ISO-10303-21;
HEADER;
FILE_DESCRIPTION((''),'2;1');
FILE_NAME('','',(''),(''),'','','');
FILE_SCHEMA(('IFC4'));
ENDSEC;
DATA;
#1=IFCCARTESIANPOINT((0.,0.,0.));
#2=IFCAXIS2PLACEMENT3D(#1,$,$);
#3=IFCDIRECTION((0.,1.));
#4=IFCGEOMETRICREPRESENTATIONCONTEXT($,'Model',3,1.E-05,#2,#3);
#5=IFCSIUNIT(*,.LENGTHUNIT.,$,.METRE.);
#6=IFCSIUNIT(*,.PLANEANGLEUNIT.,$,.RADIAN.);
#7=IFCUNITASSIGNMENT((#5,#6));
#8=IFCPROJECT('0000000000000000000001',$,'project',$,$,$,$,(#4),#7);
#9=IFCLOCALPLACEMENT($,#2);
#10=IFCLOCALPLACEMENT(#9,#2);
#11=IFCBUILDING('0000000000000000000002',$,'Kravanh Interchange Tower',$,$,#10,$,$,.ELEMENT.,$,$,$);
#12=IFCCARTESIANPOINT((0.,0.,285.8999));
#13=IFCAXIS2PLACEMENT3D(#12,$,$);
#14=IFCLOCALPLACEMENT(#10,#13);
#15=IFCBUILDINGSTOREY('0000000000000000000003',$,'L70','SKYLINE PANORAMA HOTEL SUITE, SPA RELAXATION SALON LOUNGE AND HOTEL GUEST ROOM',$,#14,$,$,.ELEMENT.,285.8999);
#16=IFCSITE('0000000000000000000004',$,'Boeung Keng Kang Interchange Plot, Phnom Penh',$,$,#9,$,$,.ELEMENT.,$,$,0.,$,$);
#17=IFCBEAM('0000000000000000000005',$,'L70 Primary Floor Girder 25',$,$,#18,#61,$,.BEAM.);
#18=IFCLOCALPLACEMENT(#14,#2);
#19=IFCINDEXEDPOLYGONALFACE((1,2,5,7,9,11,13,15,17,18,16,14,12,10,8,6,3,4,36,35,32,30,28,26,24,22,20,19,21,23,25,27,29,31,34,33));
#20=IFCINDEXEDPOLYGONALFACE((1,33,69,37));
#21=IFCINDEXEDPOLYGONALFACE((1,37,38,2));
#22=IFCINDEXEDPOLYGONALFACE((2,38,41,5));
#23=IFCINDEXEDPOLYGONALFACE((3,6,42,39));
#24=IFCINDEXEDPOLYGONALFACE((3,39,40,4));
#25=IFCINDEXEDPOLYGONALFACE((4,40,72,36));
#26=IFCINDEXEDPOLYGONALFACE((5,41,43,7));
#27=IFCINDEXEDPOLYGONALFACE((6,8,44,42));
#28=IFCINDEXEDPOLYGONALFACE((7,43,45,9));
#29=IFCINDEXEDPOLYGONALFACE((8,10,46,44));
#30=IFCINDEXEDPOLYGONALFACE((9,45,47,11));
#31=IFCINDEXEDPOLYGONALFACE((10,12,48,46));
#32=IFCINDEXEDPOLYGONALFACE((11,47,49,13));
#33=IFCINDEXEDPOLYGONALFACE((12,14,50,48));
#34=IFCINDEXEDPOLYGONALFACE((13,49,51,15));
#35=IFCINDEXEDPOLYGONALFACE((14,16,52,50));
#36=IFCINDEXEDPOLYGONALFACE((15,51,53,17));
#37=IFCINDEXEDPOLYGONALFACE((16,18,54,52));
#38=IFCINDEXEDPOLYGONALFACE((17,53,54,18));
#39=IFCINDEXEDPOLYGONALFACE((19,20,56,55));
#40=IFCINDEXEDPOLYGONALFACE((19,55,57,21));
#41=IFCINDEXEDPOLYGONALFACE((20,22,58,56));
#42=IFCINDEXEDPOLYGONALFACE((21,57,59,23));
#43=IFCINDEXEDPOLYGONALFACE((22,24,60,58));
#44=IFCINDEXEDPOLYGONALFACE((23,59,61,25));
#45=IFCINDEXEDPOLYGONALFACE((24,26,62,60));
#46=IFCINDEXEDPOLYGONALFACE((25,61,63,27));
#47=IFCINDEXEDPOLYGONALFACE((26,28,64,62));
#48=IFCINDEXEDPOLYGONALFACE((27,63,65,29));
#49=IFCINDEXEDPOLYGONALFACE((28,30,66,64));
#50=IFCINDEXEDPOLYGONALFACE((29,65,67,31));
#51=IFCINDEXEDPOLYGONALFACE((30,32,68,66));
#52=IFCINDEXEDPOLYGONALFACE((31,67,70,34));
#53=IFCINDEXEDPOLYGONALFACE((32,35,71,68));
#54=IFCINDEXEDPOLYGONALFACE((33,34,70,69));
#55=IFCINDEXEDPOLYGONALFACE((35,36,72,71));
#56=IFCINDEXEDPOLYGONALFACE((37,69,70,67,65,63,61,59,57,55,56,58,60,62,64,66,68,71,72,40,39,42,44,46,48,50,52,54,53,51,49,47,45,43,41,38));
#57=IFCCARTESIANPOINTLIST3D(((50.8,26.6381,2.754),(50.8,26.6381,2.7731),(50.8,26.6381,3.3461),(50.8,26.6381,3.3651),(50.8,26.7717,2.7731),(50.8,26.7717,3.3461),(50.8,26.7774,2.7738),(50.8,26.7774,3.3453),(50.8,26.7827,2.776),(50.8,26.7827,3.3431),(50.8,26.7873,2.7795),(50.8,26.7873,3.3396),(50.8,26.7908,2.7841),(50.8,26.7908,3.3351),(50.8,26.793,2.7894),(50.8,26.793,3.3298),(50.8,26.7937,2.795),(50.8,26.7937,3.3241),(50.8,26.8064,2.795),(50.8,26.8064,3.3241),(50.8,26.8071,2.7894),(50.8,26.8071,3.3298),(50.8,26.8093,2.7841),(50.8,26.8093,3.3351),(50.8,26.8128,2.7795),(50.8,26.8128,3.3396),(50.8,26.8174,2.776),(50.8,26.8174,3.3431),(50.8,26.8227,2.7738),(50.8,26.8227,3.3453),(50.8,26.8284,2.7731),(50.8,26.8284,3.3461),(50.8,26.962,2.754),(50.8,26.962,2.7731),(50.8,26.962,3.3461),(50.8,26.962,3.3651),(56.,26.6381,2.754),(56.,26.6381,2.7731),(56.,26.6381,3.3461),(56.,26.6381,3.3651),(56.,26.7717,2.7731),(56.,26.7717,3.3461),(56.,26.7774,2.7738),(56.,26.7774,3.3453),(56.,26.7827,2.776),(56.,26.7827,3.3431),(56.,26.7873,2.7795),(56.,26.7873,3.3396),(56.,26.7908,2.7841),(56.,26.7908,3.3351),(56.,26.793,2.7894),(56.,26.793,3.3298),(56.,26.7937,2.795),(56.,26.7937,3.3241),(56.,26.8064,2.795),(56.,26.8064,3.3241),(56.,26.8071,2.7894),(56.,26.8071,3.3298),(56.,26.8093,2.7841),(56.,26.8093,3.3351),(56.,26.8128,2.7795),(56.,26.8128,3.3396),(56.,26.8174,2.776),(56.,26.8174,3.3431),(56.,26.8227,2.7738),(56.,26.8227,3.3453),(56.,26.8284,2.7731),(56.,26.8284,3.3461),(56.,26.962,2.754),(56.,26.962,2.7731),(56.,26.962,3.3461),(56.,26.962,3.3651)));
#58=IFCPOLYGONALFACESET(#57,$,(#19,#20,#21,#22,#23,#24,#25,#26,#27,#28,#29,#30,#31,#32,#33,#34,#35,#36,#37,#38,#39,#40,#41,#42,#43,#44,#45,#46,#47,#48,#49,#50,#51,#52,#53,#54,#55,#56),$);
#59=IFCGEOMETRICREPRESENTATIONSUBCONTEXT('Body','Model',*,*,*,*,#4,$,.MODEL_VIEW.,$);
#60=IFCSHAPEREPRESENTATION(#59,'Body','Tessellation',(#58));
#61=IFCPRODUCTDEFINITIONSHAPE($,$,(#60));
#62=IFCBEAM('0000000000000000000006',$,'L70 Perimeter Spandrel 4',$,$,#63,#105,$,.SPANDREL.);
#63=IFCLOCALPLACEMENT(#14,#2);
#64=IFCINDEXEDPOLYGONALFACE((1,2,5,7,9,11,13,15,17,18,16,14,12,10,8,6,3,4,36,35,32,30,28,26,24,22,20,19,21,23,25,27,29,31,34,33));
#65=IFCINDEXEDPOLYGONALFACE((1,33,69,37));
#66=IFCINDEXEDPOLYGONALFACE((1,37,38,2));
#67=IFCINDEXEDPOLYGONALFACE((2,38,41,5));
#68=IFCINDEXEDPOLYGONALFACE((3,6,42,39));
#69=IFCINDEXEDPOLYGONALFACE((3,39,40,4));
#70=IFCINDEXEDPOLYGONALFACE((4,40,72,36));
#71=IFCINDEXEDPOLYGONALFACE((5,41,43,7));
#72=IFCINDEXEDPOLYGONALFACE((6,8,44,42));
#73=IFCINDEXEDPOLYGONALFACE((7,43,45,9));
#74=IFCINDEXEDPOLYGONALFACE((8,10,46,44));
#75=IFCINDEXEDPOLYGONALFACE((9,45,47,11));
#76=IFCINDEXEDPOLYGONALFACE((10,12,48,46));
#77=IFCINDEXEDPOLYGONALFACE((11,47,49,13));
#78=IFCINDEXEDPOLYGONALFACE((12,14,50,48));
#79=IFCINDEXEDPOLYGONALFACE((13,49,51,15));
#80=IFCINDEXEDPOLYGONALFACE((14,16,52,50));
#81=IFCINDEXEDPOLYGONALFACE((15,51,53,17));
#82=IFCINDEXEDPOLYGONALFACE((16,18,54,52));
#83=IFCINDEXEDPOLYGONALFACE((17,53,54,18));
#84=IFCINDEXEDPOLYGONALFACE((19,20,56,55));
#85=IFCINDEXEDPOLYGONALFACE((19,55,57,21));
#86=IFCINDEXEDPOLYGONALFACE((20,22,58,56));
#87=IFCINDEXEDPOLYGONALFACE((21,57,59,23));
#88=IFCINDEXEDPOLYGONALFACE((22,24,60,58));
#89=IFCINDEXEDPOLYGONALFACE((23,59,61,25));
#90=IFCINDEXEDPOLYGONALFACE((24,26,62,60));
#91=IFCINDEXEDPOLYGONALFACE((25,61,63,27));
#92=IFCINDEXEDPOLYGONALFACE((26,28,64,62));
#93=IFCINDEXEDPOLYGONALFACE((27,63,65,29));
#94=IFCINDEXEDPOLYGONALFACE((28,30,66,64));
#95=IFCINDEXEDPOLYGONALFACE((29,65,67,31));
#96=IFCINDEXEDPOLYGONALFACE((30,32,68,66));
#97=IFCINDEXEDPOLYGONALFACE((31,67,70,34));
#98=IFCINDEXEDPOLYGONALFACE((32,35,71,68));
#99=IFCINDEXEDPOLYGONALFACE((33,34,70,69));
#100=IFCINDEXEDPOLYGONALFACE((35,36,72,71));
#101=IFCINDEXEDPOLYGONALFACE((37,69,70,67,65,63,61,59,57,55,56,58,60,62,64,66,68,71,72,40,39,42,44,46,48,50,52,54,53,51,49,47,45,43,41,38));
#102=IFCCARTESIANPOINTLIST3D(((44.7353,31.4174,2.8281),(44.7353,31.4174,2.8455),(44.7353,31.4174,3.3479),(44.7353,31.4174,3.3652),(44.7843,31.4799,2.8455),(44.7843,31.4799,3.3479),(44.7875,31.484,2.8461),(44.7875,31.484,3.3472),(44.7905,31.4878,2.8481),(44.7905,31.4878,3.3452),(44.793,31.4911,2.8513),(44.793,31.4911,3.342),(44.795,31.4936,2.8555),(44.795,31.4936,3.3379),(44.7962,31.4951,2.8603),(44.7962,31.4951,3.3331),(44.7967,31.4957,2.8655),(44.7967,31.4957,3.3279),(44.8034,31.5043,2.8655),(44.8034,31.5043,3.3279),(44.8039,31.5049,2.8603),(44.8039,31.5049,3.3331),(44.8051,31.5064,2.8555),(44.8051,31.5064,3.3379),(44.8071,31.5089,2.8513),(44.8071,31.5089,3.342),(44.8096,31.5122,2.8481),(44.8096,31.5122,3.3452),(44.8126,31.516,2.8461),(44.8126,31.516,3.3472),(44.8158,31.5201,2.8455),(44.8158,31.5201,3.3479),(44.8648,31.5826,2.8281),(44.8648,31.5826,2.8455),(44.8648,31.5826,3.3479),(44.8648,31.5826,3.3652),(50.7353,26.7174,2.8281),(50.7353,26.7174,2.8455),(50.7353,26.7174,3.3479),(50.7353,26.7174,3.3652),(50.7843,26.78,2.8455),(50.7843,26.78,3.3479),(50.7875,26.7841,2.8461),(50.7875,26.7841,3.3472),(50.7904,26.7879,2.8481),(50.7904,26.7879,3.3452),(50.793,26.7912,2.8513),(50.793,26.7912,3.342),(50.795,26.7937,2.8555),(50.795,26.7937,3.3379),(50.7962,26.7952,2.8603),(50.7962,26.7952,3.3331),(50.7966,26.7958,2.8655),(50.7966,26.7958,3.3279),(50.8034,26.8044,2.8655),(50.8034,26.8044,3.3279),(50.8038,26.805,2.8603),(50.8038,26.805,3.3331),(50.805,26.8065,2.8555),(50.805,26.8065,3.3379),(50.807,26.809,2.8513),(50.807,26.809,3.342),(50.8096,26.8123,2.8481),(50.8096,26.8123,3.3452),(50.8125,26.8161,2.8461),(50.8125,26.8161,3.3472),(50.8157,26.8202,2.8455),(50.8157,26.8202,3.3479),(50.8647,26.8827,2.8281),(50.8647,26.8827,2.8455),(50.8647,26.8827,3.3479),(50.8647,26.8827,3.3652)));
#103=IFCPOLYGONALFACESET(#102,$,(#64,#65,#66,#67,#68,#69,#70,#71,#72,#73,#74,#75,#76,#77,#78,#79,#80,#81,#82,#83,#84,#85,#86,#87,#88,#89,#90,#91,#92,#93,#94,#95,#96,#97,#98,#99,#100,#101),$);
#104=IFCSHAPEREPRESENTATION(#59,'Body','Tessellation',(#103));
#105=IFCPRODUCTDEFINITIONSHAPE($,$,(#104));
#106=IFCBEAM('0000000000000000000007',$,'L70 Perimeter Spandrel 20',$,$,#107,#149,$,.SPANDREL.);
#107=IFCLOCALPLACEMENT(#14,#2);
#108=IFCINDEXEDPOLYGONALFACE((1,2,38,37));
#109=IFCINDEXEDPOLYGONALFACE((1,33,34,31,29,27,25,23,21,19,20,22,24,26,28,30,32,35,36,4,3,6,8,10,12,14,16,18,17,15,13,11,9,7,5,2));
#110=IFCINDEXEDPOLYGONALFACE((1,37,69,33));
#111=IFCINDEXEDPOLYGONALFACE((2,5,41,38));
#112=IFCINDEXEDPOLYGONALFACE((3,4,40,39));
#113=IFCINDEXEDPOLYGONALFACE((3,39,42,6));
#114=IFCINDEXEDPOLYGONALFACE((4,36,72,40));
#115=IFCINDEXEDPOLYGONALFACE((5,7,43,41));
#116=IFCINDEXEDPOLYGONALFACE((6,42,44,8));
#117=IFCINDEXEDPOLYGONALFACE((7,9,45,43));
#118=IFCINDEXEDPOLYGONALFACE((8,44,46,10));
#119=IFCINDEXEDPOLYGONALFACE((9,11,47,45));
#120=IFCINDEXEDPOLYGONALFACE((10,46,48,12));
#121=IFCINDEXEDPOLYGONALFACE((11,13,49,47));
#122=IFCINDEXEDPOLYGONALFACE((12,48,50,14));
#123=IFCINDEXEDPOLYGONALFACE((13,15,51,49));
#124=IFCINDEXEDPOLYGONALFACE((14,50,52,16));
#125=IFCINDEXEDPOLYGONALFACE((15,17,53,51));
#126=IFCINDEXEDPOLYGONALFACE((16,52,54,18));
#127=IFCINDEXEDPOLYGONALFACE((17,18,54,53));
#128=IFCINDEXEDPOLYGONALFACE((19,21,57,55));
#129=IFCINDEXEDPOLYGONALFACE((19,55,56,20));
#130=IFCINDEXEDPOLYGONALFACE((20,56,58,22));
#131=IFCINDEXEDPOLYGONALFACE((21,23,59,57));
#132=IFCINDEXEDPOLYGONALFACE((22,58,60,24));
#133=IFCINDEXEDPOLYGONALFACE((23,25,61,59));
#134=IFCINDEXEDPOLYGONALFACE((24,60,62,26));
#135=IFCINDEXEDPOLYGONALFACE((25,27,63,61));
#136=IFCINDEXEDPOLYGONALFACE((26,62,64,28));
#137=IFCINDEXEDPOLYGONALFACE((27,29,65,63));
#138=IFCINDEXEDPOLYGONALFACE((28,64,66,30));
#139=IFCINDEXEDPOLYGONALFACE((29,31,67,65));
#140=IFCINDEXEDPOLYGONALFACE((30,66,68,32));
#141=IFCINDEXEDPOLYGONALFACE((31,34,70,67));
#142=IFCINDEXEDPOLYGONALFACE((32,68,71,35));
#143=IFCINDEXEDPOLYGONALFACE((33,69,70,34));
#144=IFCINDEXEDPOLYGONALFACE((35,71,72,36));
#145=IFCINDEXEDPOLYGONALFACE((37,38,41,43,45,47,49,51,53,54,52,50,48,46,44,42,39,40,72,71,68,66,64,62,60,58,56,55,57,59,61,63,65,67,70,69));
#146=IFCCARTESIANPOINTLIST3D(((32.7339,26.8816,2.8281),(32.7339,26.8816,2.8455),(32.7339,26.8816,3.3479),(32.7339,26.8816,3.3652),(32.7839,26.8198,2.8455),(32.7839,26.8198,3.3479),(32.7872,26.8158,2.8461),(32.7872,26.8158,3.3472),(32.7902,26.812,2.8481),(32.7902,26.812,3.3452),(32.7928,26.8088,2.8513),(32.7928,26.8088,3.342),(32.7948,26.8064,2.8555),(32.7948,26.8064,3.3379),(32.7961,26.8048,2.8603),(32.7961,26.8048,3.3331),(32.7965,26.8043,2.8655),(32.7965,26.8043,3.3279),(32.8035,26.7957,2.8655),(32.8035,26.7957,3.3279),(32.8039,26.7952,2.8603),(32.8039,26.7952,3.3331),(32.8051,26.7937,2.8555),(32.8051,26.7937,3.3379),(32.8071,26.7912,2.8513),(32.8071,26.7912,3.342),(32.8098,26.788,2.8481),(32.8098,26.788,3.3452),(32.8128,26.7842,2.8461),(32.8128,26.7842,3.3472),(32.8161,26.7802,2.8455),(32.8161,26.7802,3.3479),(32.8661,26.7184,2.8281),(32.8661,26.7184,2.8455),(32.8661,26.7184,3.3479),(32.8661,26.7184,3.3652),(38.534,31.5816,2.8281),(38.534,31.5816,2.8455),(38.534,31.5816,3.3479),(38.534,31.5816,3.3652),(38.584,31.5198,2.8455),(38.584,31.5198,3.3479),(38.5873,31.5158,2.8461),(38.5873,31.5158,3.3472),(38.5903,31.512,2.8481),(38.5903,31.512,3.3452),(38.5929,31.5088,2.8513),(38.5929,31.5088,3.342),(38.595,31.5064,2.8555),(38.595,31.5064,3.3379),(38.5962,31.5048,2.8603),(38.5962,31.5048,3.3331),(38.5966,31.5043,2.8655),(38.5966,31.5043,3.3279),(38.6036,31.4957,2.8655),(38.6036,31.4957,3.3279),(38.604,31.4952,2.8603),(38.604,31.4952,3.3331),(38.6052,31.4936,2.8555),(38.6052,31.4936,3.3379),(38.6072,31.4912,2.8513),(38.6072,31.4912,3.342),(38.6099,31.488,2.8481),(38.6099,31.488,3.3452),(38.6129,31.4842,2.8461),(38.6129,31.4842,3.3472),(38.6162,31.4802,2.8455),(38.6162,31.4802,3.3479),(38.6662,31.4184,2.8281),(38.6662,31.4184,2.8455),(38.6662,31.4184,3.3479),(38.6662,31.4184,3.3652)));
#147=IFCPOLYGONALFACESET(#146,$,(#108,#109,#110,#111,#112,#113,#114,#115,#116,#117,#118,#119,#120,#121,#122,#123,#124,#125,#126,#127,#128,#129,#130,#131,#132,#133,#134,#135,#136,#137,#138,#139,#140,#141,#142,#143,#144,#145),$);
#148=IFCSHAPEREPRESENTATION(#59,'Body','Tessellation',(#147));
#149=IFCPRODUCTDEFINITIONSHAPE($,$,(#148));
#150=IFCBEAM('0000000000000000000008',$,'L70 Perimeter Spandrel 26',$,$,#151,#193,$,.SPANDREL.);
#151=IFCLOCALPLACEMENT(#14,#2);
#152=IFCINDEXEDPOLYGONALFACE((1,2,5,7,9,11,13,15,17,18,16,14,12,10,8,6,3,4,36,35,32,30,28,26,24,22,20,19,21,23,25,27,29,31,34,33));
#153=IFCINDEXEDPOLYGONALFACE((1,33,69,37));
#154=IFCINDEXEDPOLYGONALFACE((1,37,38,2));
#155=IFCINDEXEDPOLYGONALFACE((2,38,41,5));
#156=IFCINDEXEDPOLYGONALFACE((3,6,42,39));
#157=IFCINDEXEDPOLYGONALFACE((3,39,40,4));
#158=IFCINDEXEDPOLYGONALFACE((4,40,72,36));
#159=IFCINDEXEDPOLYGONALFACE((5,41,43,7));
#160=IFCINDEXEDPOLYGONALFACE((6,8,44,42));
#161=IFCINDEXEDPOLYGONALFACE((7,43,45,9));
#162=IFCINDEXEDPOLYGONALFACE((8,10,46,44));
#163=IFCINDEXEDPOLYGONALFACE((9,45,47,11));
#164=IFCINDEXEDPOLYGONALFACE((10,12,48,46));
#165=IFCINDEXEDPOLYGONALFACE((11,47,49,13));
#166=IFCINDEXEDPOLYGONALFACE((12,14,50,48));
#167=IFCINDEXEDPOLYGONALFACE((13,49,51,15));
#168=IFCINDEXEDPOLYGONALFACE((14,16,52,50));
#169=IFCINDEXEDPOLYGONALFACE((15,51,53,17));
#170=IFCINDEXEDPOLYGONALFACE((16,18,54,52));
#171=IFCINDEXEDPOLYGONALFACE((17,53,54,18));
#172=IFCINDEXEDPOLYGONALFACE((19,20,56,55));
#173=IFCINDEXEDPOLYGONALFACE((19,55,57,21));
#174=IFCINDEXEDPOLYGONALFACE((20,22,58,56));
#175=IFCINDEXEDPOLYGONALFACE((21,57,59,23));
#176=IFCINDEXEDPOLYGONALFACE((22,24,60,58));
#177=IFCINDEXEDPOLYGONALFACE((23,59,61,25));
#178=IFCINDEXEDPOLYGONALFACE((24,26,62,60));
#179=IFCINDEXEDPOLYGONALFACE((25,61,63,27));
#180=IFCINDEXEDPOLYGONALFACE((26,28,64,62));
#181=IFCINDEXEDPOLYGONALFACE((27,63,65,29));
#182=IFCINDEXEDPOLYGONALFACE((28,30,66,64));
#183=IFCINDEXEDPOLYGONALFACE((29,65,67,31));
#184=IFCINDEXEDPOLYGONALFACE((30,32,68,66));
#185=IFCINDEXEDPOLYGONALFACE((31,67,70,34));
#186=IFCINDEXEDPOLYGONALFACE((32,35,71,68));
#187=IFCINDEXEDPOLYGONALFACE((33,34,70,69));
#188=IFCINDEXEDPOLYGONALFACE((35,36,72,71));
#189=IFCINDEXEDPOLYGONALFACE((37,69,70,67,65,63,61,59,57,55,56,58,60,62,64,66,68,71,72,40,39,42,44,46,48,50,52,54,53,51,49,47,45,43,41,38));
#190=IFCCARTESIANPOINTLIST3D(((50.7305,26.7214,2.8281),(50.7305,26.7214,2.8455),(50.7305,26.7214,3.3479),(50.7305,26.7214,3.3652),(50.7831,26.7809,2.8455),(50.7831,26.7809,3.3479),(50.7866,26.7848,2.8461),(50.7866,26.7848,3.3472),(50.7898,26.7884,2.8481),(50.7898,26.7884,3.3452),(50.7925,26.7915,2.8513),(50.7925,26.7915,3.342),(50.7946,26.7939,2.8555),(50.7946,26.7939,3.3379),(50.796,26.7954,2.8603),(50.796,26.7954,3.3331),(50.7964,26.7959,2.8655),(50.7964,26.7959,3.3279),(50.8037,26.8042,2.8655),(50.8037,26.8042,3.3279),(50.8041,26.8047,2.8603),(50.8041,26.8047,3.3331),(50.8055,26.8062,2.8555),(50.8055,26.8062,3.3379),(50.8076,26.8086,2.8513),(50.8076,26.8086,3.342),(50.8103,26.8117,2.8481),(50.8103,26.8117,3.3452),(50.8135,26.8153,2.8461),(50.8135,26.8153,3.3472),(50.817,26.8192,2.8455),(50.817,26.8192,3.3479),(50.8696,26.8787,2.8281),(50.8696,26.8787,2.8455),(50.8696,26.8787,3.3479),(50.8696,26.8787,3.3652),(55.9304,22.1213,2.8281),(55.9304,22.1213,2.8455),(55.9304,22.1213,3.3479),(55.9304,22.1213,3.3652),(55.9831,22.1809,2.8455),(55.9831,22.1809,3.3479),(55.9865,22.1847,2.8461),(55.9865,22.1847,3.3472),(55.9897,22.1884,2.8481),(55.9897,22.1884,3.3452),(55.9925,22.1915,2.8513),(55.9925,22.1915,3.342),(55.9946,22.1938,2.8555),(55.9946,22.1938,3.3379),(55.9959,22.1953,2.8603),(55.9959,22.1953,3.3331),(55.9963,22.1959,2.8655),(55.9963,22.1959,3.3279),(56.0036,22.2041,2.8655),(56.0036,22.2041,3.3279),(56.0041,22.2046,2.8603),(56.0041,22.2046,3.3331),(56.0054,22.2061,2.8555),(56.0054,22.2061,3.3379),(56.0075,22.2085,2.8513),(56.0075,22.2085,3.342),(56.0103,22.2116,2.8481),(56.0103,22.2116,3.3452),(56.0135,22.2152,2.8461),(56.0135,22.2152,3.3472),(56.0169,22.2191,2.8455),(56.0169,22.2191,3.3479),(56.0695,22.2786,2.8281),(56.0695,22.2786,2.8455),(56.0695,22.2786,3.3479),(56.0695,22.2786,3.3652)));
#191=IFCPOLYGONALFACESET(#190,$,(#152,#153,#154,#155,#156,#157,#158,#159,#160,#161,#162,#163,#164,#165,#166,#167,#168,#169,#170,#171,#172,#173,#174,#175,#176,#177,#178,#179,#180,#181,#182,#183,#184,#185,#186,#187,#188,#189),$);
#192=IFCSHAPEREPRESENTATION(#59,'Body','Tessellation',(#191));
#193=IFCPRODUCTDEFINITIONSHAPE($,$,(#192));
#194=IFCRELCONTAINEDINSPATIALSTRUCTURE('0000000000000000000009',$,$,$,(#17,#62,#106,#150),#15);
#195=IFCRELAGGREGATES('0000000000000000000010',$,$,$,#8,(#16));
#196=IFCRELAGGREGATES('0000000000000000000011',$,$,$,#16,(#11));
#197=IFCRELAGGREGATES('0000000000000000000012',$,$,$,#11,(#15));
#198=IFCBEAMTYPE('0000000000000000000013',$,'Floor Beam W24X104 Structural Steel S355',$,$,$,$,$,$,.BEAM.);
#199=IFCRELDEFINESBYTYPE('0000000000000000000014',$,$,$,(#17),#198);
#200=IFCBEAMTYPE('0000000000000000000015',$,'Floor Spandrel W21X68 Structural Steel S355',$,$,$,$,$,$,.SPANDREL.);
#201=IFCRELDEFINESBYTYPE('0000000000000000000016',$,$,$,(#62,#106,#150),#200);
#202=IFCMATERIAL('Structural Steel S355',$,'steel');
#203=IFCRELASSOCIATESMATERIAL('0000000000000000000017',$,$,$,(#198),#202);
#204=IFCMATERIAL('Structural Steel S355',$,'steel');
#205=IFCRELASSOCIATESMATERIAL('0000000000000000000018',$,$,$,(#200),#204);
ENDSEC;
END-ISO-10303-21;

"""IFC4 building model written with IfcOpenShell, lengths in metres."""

from ifc_helpers import new_model, si_unit, direction, frame, origin, origin_2d, place, context, subcontext, project, spatial, i_section, extrude, material, material_profile, profile_set, type_object, element, save


model = new_model("IFC4")

# Units and contexts
model_context = context("Model", 3, precision=1e-05, world=origin(), true_north=direction((0.0, 1.0)))
body_context = subcontext(model_context, "Body", "Model", "MODEL_VIEW")
ifc_project = project(units=[si_unit("LENGTHUNIT", "METRE"), si_unit("PLANEANGLEUNIT", "RADIAN")], contexts=[model_context])

# Site, building, storey
site_placement = place(None, origin())
site = spatial("IfcSite", under=ifc_project, at=site_placement, Name="Boeung Keng Kang Interchange Plot, Phnom Penh", CompositionType="ELEMENT", RefElevation=0.0)
building_placement = place(site_placement, origin())
building = spatial("IfcBuilding", under=site, at=building_placement, Name="Kravanh Interchange Tower", CompositionType="ELEMENT")
storey_placement = place(building_placement, frame((0.0, 0.0, 285.8999)))
storey = spatial("IfcBuildingStorey", under=building, at=storey_placement, Name="L70", Description="SKYLINE PANORAMA HOTEL SUITE, SPA RELAXATION SALON LOUNGE AND HOTEL GUEST ROOM", CompositionType="ELEMENT", Elevation=285.8999)

# Beams
ifc_material_1 = material(Name="Structural Steel S355", Category="steel")
ifc_material_profile_1 = material_profile(ifc_material_1, i_section(OverallWidth=0.324, OverallDepth=0.6111, WebThickness=0.0127, FlangeThickness=0.019, FilletRadius=0.022, at=origin_2d()), Name="W24X104")
ifc_profile_set_1 = profile_set([ifc_material_profile_1], Name="Structural Steel S355")
beam_type_1 = type_object("IfcBeamType", Name="Floor Beam W24X104 Structural Steel S355", PredefinedType="BEAM", material=ifc_profile_set_1)
beam_1_placement = place(storey_placement, frame((50.8, 26.8, 3.0596), z_axis=(1.0, 0.0, 0.0), x_axis=(0.0, 1.0, 0.0)))
element("IfcBeam", 1, at=beam_1_placement, inside=storey, type_object=beam_type_1, Name="L70 Primary Floor Girder 25", PredefinedType="BEAM", context=body_context, shape_type="SweptSolid", body=[
    extrude(i_section(OverallWidth=0.324, OverallDepth=0.6111, WebThickness=0.0127, FlangeThickness=0.019, FilletRadius=0.022, at=origin_2d()), origin(), (0.0, 0.0, 1.0), 5.2),
])
ifc_material_2 = material(Name="Structural Steel S355", Category="steel")
ifc_material_profile_2 = material_profile(ifc_material_2, i_section(OverallWidth=0.21, OverallDepth=0.5371, WebThickness=0.011, FlangeThickness=0.0173, FilletRadius=0.02, at=origin_2d()), Name="W21X68")
ifc_profile_set_2 = profile_set([ifc_material_profile_2], Name="Structural Steel S355")
beam_type_2 = type_object("IfcBeamType", Name="Floor Spandrel W21X68 Structural Steel S355", PredefinedType="SPANDREL", material=ifc_profile_set_2)
beam_2_placement = place(storey_placement, frame((44.8, 31.5, 3.0967), z_axis=(0.787231, -0.616658, 0.0), x_axis=(0.616658, 0.787231, 0.0)))
element("IfcBeam", 2, at=beam_2_placement, inside=storey, type_object=beam_type_2, Name="L70 Perimeter Spandrel 4", PredefinedType="SPANDREL", context=body_context, shape_type="SweptSolid", body=[
    extrude(i_section(OverallWidth=0.21, OverallDepth=0.5371, WebThickness=0.011, FlangeThickness=0.0173, FilletRadius=0.02, at=origin_2d()), origin(), (0.0, 0.0, 1.0), 7.6216),
])
beam_3_placement = place(storey_placement, frame((38.6001, 31.5, 3.0967), z_axis=(-0.776939, -0.629576, 0.0), x_axis=(0.629576, -0.776939, 0.0)))
element("IfcBeam", 3, at=beam_3_placement, inside=storey, type_object=beam_type_2, Name="L70 Perimeter Spandrel 20", PredefinedType="SPANDREL", context=body_context, shape_type="SweptSolid", body=[
    extrude(i_section(OverallWidth=0.21, OverallDepth=0.5371, WebThickness=0.011, FlangeThickness=0.0173, FilletRadius=0.02, at=origin_2d()), origin(), (0.0, 0.0, 1.0), 7.4653),
])
beam_4_placement = place(storey_placement, frame((50.8, 26.8, 3.0967), z_axis=(0.748986, -0.662585, 0.0), x_axis=(0.662585, 0.748986, 0.0)))
element("IfcBeam", 4, at=beam_4_placement, inside=storey, type_object=beam_type_2, Name="L70 Perimeter Spandrel 26", PredefinedType="SPANDREL", context=body_context, shape_type="SweptSolid", body=[
    extrude(i_section(OverallWidth=0.21, OverallDepth=0.5371, WebThickness=0.011, FlangeThickness=0.0173, FilletRadius=0.02, at=origin_2d()), origin(), (0.0, 0.0, 1.0), 6.9426),
])

save(model, "model.ifc")
